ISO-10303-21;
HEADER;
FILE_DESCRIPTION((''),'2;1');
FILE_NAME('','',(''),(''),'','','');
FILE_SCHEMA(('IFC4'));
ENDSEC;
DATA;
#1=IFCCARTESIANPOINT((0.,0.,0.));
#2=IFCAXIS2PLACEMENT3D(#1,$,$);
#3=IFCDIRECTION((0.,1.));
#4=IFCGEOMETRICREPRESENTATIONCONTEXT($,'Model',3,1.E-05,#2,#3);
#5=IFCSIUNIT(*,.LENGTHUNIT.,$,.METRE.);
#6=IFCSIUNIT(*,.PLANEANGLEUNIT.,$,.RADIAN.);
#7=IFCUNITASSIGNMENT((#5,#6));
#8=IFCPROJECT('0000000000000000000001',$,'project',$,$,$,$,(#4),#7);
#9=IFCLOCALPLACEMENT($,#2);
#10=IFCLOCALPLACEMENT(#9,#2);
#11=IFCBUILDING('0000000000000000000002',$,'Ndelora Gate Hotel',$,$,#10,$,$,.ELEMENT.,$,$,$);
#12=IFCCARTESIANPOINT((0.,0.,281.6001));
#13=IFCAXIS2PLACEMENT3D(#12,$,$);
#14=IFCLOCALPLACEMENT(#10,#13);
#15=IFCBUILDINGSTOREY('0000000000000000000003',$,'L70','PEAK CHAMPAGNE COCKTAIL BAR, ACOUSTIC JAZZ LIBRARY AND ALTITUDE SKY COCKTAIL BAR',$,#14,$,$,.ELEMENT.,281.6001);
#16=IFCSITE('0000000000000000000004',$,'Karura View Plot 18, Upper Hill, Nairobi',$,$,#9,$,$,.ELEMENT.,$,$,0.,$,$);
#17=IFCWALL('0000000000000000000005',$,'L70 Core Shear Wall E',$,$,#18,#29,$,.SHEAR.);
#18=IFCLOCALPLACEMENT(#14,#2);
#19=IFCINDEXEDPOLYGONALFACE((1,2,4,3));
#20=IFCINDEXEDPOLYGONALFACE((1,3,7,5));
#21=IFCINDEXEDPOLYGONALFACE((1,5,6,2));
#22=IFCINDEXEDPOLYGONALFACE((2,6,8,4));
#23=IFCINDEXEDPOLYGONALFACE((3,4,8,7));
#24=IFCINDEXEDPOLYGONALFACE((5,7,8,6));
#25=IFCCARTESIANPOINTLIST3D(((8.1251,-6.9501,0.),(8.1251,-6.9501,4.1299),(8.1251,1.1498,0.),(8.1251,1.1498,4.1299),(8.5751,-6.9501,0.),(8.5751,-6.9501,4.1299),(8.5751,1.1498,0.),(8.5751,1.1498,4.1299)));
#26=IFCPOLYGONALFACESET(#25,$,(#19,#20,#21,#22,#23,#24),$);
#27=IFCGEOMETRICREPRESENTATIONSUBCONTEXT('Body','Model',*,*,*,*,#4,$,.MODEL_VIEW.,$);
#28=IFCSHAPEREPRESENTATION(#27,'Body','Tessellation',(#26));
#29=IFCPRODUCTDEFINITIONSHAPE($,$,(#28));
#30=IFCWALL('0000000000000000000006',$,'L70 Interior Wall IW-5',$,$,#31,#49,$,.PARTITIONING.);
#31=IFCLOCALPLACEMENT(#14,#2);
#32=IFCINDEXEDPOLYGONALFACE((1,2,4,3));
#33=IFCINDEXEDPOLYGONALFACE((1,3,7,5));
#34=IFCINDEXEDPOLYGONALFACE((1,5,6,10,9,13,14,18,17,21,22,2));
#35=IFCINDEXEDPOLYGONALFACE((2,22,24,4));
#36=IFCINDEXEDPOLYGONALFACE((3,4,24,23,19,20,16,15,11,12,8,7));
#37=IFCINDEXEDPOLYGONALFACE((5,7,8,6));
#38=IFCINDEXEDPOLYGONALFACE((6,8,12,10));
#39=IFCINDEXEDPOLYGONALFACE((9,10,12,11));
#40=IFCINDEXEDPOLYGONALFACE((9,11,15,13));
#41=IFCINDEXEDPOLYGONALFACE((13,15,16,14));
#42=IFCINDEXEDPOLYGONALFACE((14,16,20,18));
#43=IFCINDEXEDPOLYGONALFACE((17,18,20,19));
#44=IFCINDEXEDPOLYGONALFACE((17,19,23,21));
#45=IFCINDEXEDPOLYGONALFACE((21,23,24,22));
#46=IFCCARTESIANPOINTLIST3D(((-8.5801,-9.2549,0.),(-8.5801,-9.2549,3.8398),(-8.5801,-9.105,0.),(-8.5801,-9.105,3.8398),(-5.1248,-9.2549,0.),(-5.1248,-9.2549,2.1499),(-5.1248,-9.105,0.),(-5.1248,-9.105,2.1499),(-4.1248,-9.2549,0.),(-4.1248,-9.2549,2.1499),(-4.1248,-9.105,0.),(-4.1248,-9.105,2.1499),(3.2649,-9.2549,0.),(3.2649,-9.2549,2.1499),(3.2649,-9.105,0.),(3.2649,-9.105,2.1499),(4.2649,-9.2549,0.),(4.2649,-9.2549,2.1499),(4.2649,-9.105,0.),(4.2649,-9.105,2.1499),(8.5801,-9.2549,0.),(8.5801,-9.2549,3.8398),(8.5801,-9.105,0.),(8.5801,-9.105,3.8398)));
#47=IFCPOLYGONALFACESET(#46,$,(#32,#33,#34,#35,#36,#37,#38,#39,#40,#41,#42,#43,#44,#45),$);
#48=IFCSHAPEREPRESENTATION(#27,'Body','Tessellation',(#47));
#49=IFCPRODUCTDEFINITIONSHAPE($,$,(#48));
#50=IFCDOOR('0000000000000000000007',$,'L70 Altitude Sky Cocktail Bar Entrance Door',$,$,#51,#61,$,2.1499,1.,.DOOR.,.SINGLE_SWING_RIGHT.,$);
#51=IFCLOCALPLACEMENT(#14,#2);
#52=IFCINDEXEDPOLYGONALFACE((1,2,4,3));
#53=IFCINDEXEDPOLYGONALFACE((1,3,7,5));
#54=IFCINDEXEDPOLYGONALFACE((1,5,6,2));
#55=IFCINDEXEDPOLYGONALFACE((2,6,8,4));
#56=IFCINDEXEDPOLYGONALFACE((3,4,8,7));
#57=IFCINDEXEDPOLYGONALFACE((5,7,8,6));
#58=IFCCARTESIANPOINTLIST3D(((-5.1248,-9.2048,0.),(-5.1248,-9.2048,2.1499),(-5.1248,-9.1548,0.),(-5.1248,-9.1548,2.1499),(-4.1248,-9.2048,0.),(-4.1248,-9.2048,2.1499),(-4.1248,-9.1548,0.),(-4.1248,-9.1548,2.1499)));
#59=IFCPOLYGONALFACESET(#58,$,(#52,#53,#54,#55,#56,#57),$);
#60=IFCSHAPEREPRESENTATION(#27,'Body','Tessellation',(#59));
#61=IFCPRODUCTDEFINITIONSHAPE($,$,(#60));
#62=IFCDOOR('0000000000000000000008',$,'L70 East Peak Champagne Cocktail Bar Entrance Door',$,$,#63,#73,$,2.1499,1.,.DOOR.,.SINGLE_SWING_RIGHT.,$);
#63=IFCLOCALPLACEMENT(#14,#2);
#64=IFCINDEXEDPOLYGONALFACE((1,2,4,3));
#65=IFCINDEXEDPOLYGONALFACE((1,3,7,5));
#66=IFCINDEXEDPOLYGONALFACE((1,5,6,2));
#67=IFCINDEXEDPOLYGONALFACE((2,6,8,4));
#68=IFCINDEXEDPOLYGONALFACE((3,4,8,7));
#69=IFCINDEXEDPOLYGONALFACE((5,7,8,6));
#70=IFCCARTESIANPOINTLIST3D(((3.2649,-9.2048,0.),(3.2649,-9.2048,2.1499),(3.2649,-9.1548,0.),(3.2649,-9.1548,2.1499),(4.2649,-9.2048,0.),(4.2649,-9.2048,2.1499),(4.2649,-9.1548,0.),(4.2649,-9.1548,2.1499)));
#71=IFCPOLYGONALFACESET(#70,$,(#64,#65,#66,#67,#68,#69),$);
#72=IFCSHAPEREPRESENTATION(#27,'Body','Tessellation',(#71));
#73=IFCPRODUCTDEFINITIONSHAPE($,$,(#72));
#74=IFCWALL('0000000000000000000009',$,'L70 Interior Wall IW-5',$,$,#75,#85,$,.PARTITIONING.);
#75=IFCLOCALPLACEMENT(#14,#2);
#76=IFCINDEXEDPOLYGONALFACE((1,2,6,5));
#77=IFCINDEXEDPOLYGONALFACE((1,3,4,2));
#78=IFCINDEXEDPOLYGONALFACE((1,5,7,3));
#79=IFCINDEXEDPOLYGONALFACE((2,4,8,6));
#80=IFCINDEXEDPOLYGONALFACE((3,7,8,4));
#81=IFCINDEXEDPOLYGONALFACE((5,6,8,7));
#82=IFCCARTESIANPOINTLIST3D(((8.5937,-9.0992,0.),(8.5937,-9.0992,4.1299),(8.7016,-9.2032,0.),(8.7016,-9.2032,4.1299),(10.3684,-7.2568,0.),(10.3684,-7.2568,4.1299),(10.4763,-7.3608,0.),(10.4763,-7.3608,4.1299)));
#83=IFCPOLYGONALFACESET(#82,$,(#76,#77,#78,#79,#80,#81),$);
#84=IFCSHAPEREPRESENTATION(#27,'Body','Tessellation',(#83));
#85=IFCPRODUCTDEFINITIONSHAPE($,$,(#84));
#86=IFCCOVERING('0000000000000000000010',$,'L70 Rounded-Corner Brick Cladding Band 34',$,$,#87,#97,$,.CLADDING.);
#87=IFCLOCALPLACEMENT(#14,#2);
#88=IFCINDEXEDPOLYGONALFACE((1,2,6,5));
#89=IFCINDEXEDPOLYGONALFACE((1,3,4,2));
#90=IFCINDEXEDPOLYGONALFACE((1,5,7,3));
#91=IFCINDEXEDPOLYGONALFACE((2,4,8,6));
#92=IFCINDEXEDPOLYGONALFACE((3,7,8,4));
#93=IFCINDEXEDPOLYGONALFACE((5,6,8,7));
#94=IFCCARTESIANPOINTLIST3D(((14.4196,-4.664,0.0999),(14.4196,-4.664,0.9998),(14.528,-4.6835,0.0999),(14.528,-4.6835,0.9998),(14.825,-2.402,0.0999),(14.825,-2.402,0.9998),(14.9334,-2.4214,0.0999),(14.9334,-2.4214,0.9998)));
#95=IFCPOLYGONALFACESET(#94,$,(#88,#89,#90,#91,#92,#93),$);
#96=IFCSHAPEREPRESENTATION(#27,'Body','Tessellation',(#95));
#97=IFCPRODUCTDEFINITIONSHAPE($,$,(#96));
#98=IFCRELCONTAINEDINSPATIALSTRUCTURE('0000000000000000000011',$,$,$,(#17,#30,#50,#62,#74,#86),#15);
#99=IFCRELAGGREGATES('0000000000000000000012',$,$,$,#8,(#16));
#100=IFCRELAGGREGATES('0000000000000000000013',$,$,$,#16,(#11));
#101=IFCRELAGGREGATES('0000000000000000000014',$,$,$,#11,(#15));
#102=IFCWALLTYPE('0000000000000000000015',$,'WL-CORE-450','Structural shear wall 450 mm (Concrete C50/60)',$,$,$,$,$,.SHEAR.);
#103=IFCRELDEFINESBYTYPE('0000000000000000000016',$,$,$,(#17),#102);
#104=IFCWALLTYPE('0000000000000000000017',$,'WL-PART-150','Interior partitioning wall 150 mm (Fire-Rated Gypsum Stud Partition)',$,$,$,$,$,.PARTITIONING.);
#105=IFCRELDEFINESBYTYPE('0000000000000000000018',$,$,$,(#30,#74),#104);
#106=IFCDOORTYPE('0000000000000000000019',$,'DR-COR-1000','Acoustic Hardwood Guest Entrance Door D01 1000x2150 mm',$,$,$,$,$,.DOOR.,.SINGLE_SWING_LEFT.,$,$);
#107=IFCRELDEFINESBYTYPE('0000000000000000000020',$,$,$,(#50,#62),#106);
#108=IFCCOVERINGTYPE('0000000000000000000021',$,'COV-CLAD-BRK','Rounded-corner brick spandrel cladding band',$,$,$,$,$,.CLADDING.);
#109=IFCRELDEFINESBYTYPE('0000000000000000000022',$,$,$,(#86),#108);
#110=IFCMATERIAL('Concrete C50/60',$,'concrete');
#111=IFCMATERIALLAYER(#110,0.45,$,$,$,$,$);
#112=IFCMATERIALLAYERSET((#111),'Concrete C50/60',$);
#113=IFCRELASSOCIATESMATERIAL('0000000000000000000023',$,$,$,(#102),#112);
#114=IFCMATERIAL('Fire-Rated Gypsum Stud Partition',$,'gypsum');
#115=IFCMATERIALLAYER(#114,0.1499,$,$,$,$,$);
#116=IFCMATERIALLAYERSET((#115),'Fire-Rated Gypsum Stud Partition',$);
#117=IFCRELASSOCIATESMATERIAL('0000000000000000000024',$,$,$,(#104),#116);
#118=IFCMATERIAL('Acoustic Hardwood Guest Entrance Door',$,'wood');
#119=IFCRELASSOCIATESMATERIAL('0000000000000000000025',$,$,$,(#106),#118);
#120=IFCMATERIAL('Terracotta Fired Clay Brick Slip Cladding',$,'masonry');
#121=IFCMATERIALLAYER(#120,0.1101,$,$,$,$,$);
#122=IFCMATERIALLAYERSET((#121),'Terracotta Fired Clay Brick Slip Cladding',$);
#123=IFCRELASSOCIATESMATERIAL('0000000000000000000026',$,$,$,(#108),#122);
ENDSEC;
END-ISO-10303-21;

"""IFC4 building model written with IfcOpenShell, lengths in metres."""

from ifc_helpers import new_model, si_unit, direction, frame, frame_2d, origin, origin_2d, place, context, subcontext, project, spatial, rectangle, extrude, material, layer, layer_set, type_object, element, fill, save


model = new_model("IFC4")

# Units and contexts
model_context = context("Model", 3, precision=1e-05, world=origin(), true_north=direction((0.0, 1.0)))
body_context = subcontext(model_context, "Body", "Model", "MODEL_VIEW")
ifc_project = project(units=[si_unit("LENGTHUNIT", "METRE"), si_unit("PLANEANGLEUNIT", "RADIAN")], contexts=[model_context])

# Site, building, storey
site_placement = place(None, origin())
site = spatial("IfcSite", under=ifc_project, at=site_placement, Name="Karura View Plot 18, Upper Hill, Nairobi", CompositionType="ELEMENT", RefElevation=0.0)
building_placement = place(site_placement, origin())
building = spatial("IfcBuilding", under=site, at=building_placement, Name="Ndelora Gate Hotel", CompositionType="ELEMENT")
storey_placement = place(building_placement, frame((0.0, 0.0, 281.6001)))
storey = spatial("IfcBuildingStorey", under=building, at=storey_placement, Name="L70", Description="PEAK CHAMPAGNE COCKTAIL BAR, ACOUSTIC JAZZ LIBRARY AND ALTITUDE SKY COCKTAIL BAR", CompositionType="ELEMENT", Elevation=281.6001)

# Shared definitions
ifc_material_1 = material(Name="Concrete C50/60", Category="concrete")

# Wall
ifc_layer_1 = layer(ifc_material_1, 0.45)
ifc_layer_set_1 = layer_set([ifc_layer_1], Name="Concrete C50/60")
wall_type_1 = type_object("IfcWallType", Name="WL-CORE-450", Description="Structural shear wall 450 mm (Concrete C50/60)", PredefinedType="SHEAR", material=ifc_layer_set_1)
wall_1_placement = place(storey_placement, frame((8.3501, -6.95, 0.0), z_axis=(0.0, 0.0, 1.0), x_axis=(0.0, 1.0, 0.0)))
element("IfcWall", 1, at=wall_1_placement, inside=storey, type_object=wall_type_1, Name="L70 Core Shear Wall E", PredefinedType="SHEAR", context=body_context, shape_type="SweptSolid", body=[
    extrude(rectangle(XDim=8.0999, YDim=0.45, at=frame_2d((4.0498, 0.0))), origin(), (0.0, 0.0, 1.0), 4.1299),
])

# Wall, openings, doors
ifc_material_2 = material(Name="Fire-Rated Gypsum Stud Partition", Category="gypsum")
ifc_layer_2 = layer(ifc_material_2, 0.1499)
ifc_layer_set_2 = layer_set([ifc_layer_2], Name="Fire-Rated Gypsum Stud Partition")
wall_type_2 = type_object("IfcWallType", Name="WL-PART-150", Description="Interior partitioning wall 150 mm (Fire-Rated Gypsum Stud Partition)", PredefinedType="PARTITIONING", material=ifc_layer_set_2)
wall_2_placement = place(storey_placement, frame((8.5801, -9.1799, 0.0), z_axis=(0.0, 0.0, 1.0), x_axis=(-1.0, 0.0, 0.0)))
wall_2 = element("IfcWall", 2, at=wall_2_placement, inside=storey, type_object=wall_type_2, Name="L70 Interior Wall IW-5", PredefinedType="PARTITIONING", context=body_context, shape_type="SweptSolid", body=[
    extrude(rectangle(XDim=17.1602, YDim=0.1499, at=frame_2d((8.5801, 0.0))), origin(), (0.0, 0.0, 1.0), 3.8398),
])
opening_1_placement = place(wall_2_placement, frame((12.7048, 0.0, 0.0)))
opening_1 = element("IfcOpeningElement", 3, at=opening_1_placement, cuts=wall_2, PredefinedType="OPENING", context=body_context, shape_type="SweptSolid", body=[
    extrude(rectangle(XDim=1.0, YDim=2.1499, at=frame_2d((0.5, 1.075))), frame((0.0, 0.085, 0.0), z_axis=(0.0, -1.0, 0.0), x_axis=(1.0, 0.0, 0.0)), (0.0, 0.0, 1.0), 0.1699),
])
opening_2_placement = place(wall_2_placement, frame((4.3152, 0.0, 0.0)))
opening_2 = element("IfcOpeningElement", 4, at=opening_2_placement, cuts=wall_2, PredefinedType="OPENING", context=body_context, shape_type="SweptSolid", body=[
    extrude(rectangle(XDim=1.0, YDim=2.1499, at=frame_2d((0.5, 1.075))), frame((0.0, 0.085, 0.0), z_axis=(0.0, -1.0, 0.0), x_axis=(1.0, 0.0, 0.0)), (0.0, 0.0, 1.0), 0.1699),
])
ifc_material_3 = material(Name="Acoustic Hardwood Guest Entrance Door", Category="wood")
door_type = type_object("IfcDoorType", Name="DR-COR-1000", Description="Acoustic Hardwood Guest Entrance Door D01 1000x2150 mm", OperationType="SINGLE_SWING_LEFT", PredefinedType="DOOR", material=ifc_material_3)
door_1_placement = place(opening_1_placement, origin())
door_1 = element("IfcDoor", 5, at=door_1_placement, inside=storey, type_object=door_type, Name="L70 Altitude Sky Cocktail Bar Entrance Door", OperationType="SINGLE_SWING_RIGHT", OverallHeight=2.1499, OverallWidth=1.0, PredefinedType="DOOR", context=body_context, shape_type="SweptSolid", body=[
    extrude(rectangle(XDim=1.0, YDim=2.1499, at=frame_2d((0.5, 1.075))), frame((0.0, 0.0249, 0.0), z_axis=(0.0, -1.0, 0.0), x_axis=(1.0, 0.0, 0.0)), (0.0, 0.0, 1.0), 0.05),
])
fill(opening_1, door_1)
door_2_placement = place(opening_2_placement, origin())
door_2 = element("IfcDoor", 6, at=door_2_placement, inside=storey, type_object=door_type, Name="L70 East Peak Champagne Cocktail Bar Entrance Door", OperationType="SINGLE_SWING_RIGHT", OverallHeight=2.1499, OverallWidth=1.0, PredefinedType="DOOR", context=body_context, shape_type="SweptSolid", body=[
    extrude(rectangle(XDim=1.0, YDim=2.1499, at=frame_2d((0.5, 1.075))), frame((0.0, 0.0249, 0.0), z_axis=(0.0, -1.0, 0.0), x_axis=(1.0, 0.0, 0.0)), (0.0, 0.0, 1.0), 0.05),
])
fill(opening_2, door_2)

# Wall
wall_3_placement = place(storey_placement, frame((10.4224, -7.3088, 0.0), z_axis=(0.0, 0.0, 1.0), x_axis=(-0.693765, -0.720202, 0.0)))
element("IfcWall", 7, at=wall_3_placement, inside=storey, type_object=wall_type_2, Name="L70 Interior Wall IW-5", PredefinedType="PARTITIONING", context=body_context, shape_type="SweptSolid", body=[
    extrude(rectangle(XDim=2.5581, YDim=0.1499, at=frame_2d((1.2791, 0.0))), origin(), (0.0, 0.0, 1.0), 4.1299),
])

# Covering
ifc_material_4 = material(Name="Terracotta Fired Clay Brick Slip Cladding", Category="masonry")
ifc_layer_3 = layer(ifc_material_4, 0.1101)
ifc_layer_set_3 = layer_set([ifc_layer_3], Name="Terracotta Fired Clay Brick Slip Cladding")
covering_type = type_object("IfcCoveringType", Name="COV-CLAD-BRK", Description="Rounded-corner brick spandrel cladding band", PredefinedType="CLADDING", material=ifc_layer_set_3)
covering_placement = place(storey_placement, frame((14.6765, -3.5427, 0.0999), z_axis=(0.0, 0.0, 1.0), x_axis=(0.176398, 0.984319, 0.0)))
element("IfcCovering", 8, at=covering_placement, inside=storey, type_object=covering_type, Name="L70 Rounded-Corner Brick Cladding Band 34", PredefinedType="CLADDING", context=body_context, shape_type="SweptSolid", body=[
    extrude(rectangle(XDim=2.2981, YDim=0.1101, at=origin_2d()), origin(), (0.0, 0.0, 1.0), 0.8999),
])

save(model, "model.ifc")
